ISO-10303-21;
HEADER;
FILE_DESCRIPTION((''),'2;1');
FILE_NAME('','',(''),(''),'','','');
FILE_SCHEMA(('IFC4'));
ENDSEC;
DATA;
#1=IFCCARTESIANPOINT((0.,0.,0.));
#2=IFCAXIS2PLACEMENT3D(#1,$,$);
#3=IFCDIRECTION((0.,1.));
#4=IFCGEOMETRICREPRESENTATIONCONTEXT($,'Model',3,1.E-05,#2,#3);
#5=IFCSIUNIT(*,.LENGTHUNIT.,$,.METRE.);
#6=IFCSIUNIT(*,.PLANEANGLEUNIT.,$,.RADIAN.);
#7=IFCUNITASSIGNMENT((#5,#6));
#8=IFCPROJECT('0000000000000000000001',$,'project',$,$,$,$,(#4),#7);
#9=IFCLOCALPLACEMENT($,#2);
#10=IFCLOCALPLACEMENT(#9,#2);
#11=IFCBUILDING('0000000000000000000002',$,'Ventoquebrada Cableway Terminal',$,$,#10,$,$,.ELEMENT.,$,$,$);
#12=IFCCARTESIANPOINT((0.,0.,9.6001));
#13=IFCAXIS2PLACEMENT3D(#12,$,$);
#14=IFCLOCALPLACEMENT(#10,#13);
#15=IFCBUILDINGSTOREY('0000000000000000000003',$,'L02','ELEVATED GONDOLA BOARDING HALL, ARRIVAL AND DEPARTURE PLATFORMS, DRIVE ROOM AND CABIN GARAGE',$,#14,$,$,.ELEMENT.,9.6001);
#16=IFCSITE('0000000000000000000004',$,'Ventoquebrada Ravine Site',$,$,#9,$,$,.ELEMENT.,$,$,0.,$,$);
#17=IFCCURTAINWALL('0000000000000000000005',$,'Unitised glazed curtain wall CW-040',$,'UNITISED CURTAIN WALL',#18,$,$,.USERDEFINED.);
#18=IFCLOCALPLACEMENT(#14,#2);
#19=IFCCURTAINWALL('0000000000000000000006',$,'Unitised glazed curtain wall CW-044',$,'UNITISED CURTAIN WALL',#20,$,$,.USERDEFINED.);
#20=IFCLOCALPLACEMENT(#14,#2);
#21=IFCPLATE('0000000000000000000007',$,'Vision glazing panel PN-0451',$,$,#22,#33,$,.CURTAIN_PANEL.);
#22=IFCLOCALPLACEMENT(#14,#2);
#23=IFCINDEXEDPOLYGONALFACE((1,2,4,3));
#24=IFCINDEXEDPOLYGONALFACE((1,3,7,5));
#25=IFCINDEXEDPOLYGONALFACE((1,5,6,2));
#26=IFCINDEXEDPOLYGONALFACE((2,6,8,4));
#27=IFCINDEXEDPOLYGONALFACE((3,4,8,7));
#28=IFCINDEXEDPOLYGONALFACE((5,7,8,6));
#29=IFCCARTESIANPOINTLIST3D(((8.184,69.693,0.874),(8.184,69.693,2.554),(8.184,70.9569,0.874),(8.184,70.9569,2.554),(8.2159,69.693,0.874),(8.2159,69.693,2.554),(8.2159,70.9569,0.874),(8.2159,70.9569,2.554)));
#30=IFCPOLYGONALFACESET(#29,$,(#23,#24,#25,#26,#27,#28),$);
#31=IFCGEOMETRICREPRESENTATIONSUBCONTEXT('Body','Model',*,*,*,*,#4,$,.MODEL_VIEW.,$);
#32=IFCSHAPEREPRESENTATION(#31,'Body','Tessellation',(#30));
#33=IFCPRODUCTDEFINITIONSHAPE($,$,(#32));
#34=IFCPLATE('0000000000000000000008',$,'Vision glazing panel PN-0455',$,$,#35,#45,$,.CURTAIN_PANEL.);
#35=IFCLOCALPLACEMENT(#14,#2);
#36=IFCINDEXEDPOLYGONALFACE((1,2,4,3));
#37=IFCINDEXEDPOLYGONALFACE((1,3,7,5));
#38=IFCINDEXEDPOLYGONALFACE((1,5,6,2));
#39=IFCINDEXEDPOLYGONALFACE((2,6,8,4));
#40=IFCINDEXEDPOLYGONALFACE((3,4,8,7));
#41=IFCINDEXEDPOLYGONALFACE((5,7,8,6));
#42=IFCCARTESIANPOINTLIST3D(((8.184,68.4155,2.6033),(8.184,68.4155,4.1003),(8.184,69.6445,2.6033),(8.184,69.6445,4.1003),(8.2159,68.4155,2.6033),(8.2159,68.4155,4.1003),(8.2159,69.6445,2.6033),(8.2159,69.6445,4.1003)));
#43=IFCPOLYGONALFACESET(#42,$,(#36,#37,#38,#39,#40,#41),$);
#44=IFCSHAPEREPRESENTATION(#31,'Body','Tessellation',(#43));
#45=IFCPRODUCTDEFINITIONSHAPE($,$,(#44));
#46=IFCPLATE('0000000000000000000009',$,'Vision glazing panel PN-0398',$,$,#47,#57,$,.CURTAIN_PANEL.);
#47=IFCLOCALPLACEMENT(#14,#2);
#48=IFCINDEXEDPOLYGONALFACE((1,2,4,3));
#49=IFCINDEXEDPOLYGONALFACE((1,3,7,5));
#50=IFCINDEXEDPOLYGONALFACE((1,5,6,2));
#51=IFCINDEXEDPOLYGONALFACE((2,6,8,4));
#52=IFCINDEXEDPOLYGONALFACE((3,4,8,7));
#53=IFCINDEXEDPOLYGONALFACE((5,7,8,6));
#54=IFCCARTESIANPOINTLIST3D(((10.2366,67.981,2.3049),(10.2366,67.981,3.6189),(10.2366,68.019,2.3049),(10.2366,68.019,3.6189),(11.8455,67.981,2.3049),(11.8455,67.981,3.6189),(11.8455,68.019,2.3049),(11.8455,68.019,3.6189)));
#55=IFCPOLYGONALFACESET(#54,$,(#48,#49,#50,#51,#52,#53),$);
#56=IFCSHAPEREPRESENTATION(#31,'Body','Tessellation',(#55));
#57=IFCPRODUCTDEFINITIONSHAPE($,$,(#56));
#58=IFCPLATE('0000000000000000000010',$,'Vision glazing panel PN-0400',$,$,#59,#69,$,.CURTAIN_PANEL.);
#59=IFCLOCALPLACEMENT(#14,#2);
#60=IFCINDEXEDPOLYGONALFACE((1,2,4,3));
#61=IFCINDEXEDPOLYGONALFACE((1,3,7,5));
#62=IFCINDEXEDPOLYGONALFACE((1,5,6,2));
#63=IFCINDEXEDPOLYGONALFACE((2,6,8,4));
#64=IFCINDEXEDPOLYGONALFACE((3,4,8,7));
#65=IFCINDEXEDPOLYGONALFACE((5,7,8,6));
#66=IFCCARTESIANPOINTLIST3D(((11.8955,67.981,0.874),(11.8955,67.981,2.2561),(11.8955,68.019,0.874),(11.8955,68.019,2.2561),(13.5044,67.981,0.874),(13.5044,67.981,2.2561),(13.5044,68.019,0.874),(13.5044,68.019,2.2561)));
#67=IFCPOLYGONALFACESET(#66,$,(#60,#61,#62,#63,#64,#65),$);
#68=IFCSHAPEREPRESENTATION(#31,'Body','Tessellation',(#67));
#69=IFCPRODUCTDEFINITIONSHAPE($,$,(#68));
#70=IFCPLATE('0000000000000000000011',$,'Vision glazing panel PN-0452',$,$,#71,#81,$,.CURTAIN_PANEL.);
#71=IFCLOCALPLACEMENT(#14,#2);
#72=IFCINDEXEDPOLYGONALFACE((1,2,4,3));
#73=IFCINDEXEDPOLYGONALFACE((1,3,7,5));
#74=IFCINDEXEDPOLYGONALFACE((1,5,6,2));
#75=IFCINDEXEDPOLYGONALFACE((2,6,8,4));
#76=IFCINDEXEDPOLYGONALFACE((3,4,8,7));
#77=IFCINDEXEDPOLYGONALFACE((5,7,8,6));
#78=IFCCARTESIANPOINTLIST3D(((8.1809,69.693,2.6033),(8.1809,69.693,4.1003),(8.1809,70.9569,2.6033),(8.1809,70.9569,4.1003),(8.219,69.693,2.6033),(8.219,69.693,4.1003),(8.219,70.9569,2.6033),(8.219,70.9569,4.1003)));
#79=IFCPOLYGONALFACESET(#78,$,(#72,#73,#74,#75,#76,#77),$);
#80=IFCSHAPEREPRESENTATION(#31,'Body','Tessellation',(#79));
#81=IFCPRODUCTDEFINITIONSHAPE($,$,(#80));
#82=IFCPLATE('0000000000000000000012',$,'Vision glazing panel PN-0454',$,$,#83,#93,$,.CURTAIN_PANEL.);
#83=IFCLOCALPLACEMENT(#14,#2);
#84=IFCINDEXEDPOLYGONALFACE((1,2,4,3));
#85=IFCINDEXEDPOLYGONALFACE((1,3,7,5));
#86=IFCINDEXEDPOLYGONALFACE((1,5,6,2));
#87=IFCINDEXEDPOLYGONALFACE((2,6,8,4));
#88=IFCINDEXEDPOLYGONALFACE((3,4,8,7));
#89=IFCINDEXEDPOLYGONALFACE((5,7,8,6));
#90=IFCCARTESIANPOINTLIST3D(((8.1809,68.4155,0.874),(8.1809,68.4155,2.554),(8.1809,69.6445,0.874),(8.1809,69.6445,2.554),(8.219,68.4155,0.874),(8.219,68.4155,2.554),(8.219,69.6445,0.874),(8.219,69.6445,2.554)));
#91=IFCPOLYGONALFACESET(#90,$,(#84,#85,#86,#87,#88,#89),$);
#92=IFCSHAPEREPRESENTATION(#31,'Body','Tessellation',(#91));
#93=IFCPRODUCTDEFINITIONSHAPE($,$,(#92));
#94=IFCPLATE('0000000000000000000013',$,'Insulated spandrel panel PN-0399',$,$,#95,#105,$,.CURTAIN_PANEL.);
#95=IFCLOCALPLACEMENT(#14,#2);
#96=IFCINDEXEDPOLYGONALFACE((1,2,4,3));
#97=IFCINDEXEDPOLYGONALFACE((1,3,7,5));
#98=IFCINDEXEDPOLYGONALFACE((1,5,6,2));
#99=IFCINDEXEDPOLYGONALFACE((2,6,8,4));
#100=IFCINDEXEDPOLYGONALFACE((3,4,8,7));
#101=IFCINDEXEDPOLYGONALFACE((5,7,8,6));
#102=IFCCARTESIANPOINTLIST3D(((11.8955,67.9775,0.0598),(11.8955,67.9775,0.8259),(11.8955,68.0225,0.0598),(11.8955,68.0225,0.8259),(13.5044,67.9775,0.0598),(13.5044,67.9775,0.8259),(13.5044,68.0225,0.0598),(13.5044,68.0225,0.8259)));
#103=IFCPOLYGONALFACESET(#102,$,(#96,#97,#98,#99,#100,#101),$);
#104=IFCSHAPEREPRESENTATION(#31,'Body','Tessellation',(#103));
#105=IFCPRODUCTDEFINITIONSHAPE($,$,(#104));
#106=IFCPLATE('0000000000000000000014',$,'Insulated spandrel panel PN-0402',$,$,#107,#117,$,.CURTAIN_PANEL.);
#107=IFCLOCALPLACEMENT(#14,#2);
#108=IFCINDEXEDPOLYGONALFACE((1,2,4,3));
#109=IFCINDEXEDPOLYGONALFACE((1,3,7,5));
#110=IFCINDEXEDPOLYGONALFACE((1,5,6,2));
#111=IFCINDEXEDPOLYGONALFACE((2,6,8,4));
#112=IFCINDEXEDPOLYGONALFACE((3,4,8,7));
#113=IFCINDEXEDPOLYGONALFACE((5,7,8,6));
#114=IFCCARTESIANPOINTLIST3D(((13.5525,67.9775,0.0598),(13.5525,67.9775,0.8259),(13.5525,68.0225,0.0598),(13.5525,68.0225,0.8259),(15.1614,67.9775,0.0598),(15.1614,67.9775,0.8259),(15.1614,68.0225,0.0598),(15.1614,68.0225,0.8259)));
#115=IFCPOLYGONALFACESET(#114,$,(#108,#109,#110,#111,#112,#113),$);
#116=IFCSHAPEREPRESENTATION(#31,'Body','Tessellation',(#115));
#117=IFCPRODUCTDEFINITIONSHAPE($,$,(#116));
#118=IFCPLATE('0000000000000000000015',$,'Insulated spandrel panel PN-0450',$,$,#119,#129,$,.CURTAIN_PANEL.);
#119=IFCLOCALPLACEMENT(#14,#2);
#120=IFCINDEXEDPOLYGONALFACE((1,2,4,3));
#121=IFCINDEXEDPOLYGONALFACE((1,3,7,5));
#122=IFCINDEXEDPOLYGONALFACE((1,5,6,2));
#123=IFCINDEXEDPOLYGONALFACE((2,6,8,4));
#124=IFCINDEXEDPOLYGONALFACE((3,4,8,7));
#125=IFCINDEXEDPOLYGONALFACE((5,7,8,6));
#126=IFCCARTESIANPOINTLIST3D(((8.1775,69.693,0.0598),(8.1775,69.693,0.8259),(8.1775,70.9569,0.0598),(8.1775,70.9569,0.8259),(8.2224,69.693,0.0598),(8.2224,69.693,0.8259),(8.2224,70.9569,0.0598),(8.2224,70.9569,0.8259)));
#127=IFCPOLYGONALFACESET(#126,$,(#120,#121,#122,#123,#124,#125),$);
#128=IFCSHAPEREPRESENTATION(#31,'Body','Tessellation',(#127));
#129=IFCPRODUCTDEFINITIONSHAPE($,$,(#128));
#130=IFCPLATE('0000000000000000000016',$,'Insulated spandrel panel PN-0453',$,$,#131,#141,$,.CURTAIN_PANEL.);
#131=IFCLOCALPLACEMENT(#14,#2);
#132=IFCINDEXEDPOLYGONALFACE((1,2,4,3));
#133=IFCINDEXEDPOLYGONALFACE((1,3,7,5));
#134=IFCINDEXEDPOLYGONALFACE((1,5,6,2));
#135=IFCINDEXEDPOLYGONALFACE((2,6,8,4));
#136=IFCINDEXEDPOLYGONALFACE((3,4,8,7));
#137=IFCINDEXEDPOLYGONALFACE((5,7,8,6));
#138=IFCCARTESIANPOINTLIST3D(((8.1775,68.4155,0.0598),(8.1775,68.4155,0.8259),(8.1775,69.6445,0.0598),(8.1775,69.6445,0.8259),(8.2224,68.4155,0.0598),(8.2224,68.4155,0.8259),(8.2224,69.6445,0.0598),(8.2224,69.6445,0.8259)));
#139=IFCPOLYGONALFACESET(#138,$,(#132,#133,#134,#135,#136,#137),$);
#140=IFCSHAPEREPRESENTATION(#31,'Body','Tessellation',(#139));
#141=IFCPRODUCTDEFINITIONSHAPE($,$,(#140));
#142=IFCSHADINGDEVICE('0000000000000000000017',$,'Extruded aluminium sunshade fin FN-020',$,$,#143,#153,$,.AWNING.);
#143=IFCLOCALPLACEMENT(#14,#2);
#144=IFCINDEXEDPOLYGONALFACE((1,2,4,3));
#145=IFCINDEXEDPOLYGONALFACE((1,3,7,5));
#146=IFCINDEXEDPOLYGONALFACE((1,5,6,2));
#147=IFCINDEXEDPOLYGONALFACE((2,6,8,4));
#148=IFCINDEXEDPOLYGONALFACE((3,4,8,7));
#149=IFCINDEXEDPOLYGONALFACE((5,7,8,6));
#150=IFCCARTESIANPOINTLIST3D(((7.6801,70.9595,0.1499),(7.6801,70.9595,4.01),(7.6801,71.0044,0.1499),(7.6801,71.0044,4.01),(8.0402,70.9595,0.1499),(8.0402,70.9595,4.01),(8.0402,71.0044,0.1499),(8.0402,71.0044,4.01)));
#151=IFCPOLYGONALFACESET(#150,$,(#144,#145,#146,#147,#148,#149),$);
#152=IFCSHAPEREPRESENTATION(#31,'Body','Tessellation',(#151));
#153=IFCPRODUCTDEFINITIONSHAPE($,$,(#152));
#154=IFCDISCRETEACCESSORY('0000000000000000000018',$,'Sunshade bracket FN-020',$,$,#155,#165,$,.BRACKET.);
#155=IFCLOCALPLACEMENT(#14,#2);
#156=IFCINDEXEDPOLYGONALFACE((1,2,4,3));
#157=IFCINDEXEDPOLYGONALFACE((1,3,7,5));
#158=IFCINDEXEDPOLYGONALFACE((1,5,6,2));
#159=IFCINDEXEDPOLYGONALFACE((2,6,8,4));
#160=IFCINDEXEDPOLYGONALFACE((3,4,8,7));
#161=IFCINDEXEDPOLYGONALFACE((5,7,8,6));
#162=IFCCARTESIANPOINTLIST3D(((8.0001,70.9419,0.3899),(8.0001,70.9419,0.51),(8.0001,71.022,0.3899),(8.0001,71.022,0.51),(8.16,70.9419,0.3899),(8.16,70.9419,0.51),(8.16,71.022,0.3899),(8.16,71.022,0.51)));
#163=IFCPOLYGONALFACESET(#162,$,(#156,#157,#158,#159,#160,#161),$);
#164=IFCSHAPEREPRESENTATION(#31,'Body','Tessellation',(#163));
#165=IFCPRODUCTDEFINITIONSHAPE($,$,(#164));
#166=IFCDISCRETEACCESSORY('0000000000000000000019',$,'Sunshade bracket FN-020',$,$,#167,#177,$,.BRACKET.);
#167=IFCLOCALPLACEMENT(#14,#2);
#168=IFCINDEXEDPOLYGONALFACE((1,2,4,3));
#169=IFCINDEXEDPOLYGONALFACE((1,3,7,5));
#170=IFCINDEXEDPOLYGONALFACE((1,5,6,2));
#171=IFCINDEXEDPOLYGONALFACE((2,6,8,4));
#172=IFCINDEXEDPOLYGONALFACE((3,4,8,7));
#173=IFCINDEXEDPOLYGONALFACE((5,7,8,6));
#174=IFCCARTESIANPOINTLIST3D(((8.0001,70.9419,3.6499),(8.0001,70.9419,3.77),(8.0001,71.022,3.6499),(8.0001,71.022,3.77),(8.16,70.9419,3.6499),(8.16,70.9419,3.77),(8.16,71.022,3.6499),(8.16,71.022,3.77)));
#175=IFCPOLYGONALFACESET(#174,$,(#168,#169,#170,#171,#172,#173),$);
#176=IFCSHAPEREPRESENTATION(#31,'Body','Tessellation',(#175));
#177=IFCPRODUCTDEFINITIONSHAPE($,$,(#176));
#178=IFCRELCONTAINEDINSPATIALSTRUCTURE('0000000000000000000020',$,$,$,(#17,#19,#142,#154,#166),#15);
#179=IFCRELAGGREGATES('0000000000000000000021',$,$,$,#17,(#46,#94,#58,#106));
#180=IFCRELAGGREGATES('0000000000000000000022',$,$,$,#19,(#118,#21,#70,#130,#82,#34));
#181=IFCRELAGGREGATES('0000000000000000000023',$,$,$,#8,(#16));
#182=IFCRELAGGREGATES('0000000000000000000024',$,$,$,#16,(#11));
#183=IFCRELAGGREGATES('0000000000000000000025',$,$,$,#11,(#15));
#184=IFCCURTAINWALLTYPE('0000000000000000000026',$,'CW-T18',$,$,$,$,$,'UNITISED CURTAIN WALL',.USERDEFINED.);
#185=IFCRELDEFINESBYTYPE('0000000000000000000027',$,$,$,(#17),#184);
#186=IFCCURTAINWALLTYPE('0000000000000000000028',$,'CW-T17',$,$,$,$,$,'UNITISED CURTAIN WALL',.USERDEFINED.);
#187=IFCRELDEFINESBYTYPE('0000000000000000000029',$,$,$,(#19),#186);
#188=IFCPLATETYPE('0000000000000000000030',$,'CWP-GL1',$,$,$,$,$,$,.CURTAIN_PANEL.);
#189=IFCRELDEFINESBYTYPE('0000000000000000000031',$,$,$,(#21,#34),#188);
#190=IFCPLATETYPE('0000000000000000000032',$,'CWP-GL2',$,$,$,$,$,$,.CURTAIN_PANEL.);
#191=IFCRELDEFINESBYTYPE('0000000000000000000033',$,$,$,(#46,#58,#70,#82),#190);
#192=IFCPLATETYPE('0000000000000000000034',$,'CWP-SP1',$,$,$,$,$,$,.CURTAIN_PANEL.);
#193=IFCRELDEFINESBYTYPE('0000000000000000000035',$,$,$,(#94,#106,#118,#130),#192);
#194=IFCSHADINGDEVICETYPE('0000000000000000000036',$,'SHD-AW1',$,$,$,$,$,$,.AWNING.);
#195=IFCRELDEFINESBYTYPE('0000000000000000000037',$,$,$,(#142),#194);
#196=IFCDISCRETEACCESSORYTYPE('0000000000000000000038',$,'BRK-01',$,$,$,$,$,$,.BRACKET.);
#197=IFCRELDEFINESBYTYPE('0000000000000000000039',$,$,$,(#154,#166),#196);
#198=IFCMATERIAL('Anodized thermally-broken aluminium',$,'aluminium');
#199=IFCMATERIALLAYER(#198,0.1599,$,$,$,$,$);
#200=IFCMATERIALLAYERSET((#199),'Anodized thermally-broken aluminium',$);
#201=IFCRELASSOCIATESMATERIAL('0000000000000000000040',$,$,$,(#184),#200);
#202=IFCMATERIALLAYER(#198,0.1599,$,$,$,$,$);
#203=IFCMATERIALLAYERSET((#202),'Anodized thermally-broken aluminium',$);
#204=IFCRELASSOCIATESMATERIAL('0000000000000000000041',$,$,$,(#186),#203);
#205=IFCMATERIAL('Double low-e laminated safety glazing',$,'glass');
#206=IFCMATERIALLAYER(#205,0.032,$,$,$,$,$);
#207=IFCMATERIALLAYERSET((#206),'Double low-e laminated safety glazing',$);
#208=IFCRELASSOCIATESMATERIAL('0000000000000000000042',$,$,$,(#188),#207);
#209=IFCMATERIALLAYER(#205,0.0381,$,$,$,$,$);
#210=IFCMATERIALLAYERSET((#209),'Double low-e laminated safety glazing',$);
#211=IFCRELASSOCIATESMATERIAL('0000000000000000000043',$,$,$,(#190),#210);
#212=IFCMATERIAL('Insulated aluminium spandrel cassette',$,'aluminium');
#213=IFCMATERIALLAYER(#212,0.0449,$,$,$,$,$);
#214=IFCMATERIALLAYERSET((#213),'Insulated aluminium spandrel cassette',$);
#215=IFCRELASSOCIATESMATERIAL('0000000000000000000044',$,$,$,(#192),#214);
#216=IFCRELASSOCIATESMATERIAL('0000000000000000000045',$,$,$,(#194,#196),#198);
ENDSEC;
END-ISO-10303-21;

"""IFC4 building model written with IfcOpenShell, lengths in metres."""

from ifc_helpers import new_model, si_unit, direction, frame, origin, origin_2d, place, context, subcontext, project, spatial, rectangle, extrude, material, layer, layer_set, type_object, element, aggregate, save


model = new_model("IFC4")

# Units and contexts
model_context = context("Model", 3, precision=1e-05, world=origin(), true_north=direction((0.0, 1.0)))
body_context = subcontext(model_context, "Body", "Model", "MODEL_VIEW")
ifc_project = project(units=[si_unit("LENGTHUNIT", "METRE"), si_unit("PLANEANGLEUNIT", "RADIAN")], contexts=[model_context])

# Site, building, storey
site_placement = place(None, origin())
site = spatial("IfcSite", under=ifc_project, at=site_placement, Name="Ventoquebrada Ravine Site", CompositionType="ELEMENT", RefElevation=0.0)
building_placement = place(site_placement, origin())
building = spatial("IfcBuilding", under=site, at=building_placement, Name="Ventoquebrada Cableway Terminal", CompositionType="ELEMENT")
storey_placement = place(building_placement, frame((0.0, 0.0, 9.6001)))
storey = spatial("IfcBuildingStorey", under=building, at=storey_placement, Name="L02", Description="ELEVATED GONDOLA BOARDING HALL, ARRIVAL AND DEPARTURE PLATFORMS, DRIVE ROOM AND CABIN GARAGE", CompositionType="ELEMENT", Elevation=9.6001)

# Curtain walls
ifc_material_1 = material(Name="Anodized thermally-broken aluminium", Category="aluminium")
ifc_layer_1 = layer(ifc_material_1, 0.1599)
ifc_layer_set_1 = layer_set([ifc_layer_1], Name="Anodized thermally-broken aluminium")
curtain_wall_type_1 = type_object("IfcCurtainWallType", Name="CW-T18", ElementType="UNITISED CURTAIN WALL", PredefinedType="USERDEFINED", material=ifc_layer_set_1)
curtain_wall_1_placement = place(storey_placement, origin())
curtain_wall_1 = element("IfcCurtainWall", 1, at=curtain_wall_1_placement, inside=storey, type_object=curtain_wall_type_1, Name="Unitised glazed curtain wall CW-040", ObjectType="UNITISED CURTAIN WALL", PredefinedType="USERDEFINED")
ifc_layer_2 = layer(ifc_material_1, 0.1599)
ifc_layer_set_2 = layer_set([ifc_layer_2], Name="Anodized thermally-broken aluminium")
curtain_wall_type_2 = type_object("IfcCurtainWallType", Name="CW-T17", ElementType="UNITISED CURTAIN WALL", PredefinedType="USERDEFINED", material=ifc_layer_set_2)
curtain_wall_2_placement = place(storey_placement, origin())
curtain_wall_2 = element("IfcCurtainWall", 2, at=curtain_wall_2_placement, inside=storey, type_object=curtain_wall_type_2, Name="Unitised glazed curtain wall CW-044", ObjectType="UNITISED CURTAIN WALL", PredefinedType="USERDEFINED")

# Plates
ifc_material_2 = material(Name="Double low-e laminated safety glazing", Category="glass")
ifc_layer_3 = layer(ifc_material_2, 0.032)
ifc_layer_set_3 = layer_set([ifc_layer_3], Name="Double low-e laminated safety glazing")
plate_type_1 = type_object("IfcPlateType", Name="CWP-GL1", PredefinedType="CURTAIN_PANEL", material=ifc_layer_set_3)
plate_1_placement = place(storey_placement, frame((8.2, 70.325, 0.874), z_axis=(0.0, 0.0, 1.0), x_axis=(0.0, -1.0, 0.0)))
plate_1 = element("IfcPlate", 3, at=plate_1_placement, type_object=plate_type_1, Name="Vision glazing panel PN-0451", PredefinedType="CURTAIN_PANEL", context=body_context, shape_type="SweptSolid", body=[
    extrude(rectangle(XDim=1.2639, YDim=0.032, at=origin_2d()), origin(), (0.0, 0.0, 1.0), 1.6799),
])
plate_2_placement = place(storey_placement, frame((8.2, 69.03, 2.6033), z_axis=(0.0, 0.0, 1.0), x_axis=(0.0, -1.0, 0.0)))
plate_2 = element("IfcPlate", 4, at=plate_2_placement, type_object=plate_type_1, Name="Vision glazing panel PN-0455", PredefinedType="CURTAIN_PANEL", context=body_context, shape_type="SweptSolid", body=[
    extrude(rectangle(XDim=1.229, YDim=0.032, at=origin_2d()), origin(), (0.0, 0.0, 1.0), 1.4971),
])
ifc_layer_4 = layer(ifc_material_2, 0.0381)
ifc_layer_set_4 = layer_set([ifc_layer_4], Name="Double low-e laminated safety glazing")
plate_type_2 = type_object("IfcPlateType", Name="CWP-GL2", PredefinedType="CURTAIN_PANEL", material=ifc_layer_set_4)
plate_3_placement = place(storey_placement, frame((11.041, 68.0, 2.3049), z_axis=(0.0, 0.0, 1.0), x_axis=(1.0, 0.0, 0.0)))
plate_3 = element("IfcPlate", 5, at=plate_3_placement, type_object=plate_type_2, Name="Vision glazing panel PN-0398", PredefinedType="CURTAIN_PANEL", context=body_context, shape_type="SweptSolid", body=[
    extrude(rectangle(XDim=1.6089, YDim=0.0381, at=origin_2d()), origin(), (0.0, 0.0, 1.0), 1.314),
])
plate_4_placement = place(storey_placement, frame((12.7, 68.0, 0.874), z_axis=(0.0, 0.0, 1.0), x_axis=(1.0, 0.0, 0.0)))
plate_4 = element("IfcPlate", 6, at=plate_4_placement, type_object=plate_type_2, Name="Vision glazing panel PN-0400", PredefinedType="CURTAIN_PANEL", context=body_context, shape_type="SweptSolid", body=[
    extrude(rectangle(XDim=1.6089, YDim=0.0381, at=origin_2d()), origin(), (0.0, 0.0, 1.0), 1.3821),
])
plate_5_placement = place(storey_placement, frame((8.2, 70.325, 2.6033), z_axis=(0.0, 0.0, 1.0), x_axis=(0.0, -1.0, 0.0)))
plate_5 = element("IfcPlate", 7, at=plate_5_placement, type_object=plate_type_2, Name="Vision glazing panel PN-0452", PredefinedType="CURTAIN_PANEL", context=body_context, shape_type="SweptSolid", body=[
    extrude(rectangle(XDim=1.2639, YDim=0.0381, at=origin_2d()), origin(), (0.0, 0.0, 1.0), 1.4971),
])
plate_6_placement = place(storey_placement, frame((8.2, 69.03, 0.874), z_axis=(0.0, 0.0, 1.0), x_axis=(0.0, -1.0, 0.0)))
plate_6 = element("IfcPlate", 8, at=plate_6_placement, type_object=plate_type_2, Name="Vision glazing panel PN-0454", PredefinedType="CURTAIN_PANEL", context=body_context, shape_type="SweptSolid", body=[
    extrude(rectangle(XDim=1.229, YDim=0.0381, at=origin_2d()), origin(), (0.0, 0.0, 1.0), 1.6799),
])
ifc_material_3 = material(Name="Insulated aluminium spandrel cassette", Category="aluminium")
ifc_layer_5 = layer(ifc_material_3, 0.0449)
ifc_layer_set_5 = layer_set([ifc_layer_5], Name="Insulated aluminium spandrel cassette")
plate_type_3 = type_object("IfcPlateType", Name="CWP-SP1", PredefinedType="CURTAIN_PANEL", material=ifc_layer_set_5)
plate_7_placement = place(storey_placement, frame((12.7, 68.0, 0.0598), z_axis=(0.0, 0.0, 1.0), x_axis=(1.0, 0.0, 0.0)))
plate_7 = element("IfcPlate", 9, at=plate_7_placement, type_object=plate_type_3, Name="Insulated spandrel panel PN-0399", PredefinedType="CURTAIN_PANEL", context=body_context, shape_type="SweptSolid", body=[
    extrude(rectangle(XDim=1.6089, YDim=0.0449, at=origin_2d()), origin(), (0.0, 0.0, 1.0), 0.7661),
])
plate_8_placement = place(storey_placement, frame((14.3569, 68.0, 0.0598), z_axis=(0.0, 0.0, 1.0), x_axis=(1.0, 0.0, 0.0)))
plate_8 = element("IfcPlate", 10, at=plate_8_placement, type_object=plate_type_3, Name="Insulated spandrel panel PN-0402", PredefinedType="CURTAIN_PANEL", context=body_context, shape_type="SweptSolid", body=[
    extrude(rectangle(XDim=1.6089, YDim=0.0449, at=origin_2d()), origin(), (0.0, 0.0, 1.0), 0.7661),
])
aggregate(curtain_wall_1, [plate_3, plate_7, plate_4, plate_8])
plate_9_placement = place(storey_placement, frame((8.2, 70.325, 0.0598), z_axis=(0.0, 0.0, 1.0), x_axis=(0.0, -1.0, 0.0)))
plate_9 = element("IfcPlate", 11, at=plate_9_placement, type_object=plate_type_3, Name="Insulated spandrel panel PN-0450", PredefinedType="CURTAIN_PANEL", context=body_context, shape_type="SweptSolid", body=[
    extrude(rectangle(XDim=1.2639, YDim=0.0449, at=origin_2d()), origin(), (0.0, 0.0, 1.0), 0.7661),
])
plate_10_placement = place(storey_placement, frame((8.2, 69.03, 0.0598), z_axis=(0.0, 0.0, 1.0), x_axis=(0.0, -1.0, 0.0)))
plate_10 = element("IfcPlate", 12, at=plate_10_placement, type_object=plate_type_3, Name="Insulated spandrel panel PN-0453", PredefinedType="CURTAIN_PANEL", context=body_context, shape_type="SweptSolid", body=[
    extrude(rectangle(XDim=1.229, YDim=0.0449, at=origin_2d()), origin(), (0.0, 0.0, 1.0), 0.7661),
])
aggregate(curtain_wall_2, [plate_9, plate_1, plate_5, plate_10, plate_6, plate_2])

# Shading device
shading_device_type = type_object("IfcShadingDeviceType", Name="SHD-AW1", PredefinedType="AWNING", material=ifc_material_1)
shading_device_placement = place(storey_placement, frame((7.8601, 70.9819, 0.1499), z_axis=(0.0, 0.0, 1.0), x_axis=(0.0, -1.0, 0.0)))
element("IfcShadingDevice", 13, at=shading_device_placement, inside=storey, type_object=shading_device_type, Name="Extruded aluminium sunshade fin FN-020", PredefinedType="AWNING", context=body_context, shape_type="SweptSolid", body=[
    extrude(rectangle(XDim=0.0449, YDim=0.3601, at=origin_2d()), origin(), (0.0, 0.0, 1.0), 3.8601),
])

# Discrete accessories
discrete_accessory_type = type_object("IfcDiscreteAccessoryType", Name="BRK-01", PredefinedType="BRACKET", material=ifc_material_1)
for number, where, z_axis, x_axis, name in (
    (14, (8.0801, 70.9819, 0.3899), (0.0, 0.0, 1.0), (0.0, -1.0, 0.0), "Sunshade bracket FN-020"),
    (15, (8.0801, 70.9819, 3.6499), (0.0, 0.0, 1.0), (0.0, -1.0, 0.0), "Sunshade bracket FN-020"),
):
    element("IfcDiscreteAccessory", number, at=place(storey_placement, frame(where, z_axis=z_axis, x_axis=x_axis)), inside=storey, type_object=discrete_accessory_type, Name=name, PredefinedType="BRACKET", context=body_context, shape_type="SweptSolid", body=[
        extrude(rectangle(XDim=0.0801, YDim=0.1599, at=origin_2d()), origin(), (0.0, 0.0, 1.0), 0.1201),
    ])

save(model, "model.ifc")
